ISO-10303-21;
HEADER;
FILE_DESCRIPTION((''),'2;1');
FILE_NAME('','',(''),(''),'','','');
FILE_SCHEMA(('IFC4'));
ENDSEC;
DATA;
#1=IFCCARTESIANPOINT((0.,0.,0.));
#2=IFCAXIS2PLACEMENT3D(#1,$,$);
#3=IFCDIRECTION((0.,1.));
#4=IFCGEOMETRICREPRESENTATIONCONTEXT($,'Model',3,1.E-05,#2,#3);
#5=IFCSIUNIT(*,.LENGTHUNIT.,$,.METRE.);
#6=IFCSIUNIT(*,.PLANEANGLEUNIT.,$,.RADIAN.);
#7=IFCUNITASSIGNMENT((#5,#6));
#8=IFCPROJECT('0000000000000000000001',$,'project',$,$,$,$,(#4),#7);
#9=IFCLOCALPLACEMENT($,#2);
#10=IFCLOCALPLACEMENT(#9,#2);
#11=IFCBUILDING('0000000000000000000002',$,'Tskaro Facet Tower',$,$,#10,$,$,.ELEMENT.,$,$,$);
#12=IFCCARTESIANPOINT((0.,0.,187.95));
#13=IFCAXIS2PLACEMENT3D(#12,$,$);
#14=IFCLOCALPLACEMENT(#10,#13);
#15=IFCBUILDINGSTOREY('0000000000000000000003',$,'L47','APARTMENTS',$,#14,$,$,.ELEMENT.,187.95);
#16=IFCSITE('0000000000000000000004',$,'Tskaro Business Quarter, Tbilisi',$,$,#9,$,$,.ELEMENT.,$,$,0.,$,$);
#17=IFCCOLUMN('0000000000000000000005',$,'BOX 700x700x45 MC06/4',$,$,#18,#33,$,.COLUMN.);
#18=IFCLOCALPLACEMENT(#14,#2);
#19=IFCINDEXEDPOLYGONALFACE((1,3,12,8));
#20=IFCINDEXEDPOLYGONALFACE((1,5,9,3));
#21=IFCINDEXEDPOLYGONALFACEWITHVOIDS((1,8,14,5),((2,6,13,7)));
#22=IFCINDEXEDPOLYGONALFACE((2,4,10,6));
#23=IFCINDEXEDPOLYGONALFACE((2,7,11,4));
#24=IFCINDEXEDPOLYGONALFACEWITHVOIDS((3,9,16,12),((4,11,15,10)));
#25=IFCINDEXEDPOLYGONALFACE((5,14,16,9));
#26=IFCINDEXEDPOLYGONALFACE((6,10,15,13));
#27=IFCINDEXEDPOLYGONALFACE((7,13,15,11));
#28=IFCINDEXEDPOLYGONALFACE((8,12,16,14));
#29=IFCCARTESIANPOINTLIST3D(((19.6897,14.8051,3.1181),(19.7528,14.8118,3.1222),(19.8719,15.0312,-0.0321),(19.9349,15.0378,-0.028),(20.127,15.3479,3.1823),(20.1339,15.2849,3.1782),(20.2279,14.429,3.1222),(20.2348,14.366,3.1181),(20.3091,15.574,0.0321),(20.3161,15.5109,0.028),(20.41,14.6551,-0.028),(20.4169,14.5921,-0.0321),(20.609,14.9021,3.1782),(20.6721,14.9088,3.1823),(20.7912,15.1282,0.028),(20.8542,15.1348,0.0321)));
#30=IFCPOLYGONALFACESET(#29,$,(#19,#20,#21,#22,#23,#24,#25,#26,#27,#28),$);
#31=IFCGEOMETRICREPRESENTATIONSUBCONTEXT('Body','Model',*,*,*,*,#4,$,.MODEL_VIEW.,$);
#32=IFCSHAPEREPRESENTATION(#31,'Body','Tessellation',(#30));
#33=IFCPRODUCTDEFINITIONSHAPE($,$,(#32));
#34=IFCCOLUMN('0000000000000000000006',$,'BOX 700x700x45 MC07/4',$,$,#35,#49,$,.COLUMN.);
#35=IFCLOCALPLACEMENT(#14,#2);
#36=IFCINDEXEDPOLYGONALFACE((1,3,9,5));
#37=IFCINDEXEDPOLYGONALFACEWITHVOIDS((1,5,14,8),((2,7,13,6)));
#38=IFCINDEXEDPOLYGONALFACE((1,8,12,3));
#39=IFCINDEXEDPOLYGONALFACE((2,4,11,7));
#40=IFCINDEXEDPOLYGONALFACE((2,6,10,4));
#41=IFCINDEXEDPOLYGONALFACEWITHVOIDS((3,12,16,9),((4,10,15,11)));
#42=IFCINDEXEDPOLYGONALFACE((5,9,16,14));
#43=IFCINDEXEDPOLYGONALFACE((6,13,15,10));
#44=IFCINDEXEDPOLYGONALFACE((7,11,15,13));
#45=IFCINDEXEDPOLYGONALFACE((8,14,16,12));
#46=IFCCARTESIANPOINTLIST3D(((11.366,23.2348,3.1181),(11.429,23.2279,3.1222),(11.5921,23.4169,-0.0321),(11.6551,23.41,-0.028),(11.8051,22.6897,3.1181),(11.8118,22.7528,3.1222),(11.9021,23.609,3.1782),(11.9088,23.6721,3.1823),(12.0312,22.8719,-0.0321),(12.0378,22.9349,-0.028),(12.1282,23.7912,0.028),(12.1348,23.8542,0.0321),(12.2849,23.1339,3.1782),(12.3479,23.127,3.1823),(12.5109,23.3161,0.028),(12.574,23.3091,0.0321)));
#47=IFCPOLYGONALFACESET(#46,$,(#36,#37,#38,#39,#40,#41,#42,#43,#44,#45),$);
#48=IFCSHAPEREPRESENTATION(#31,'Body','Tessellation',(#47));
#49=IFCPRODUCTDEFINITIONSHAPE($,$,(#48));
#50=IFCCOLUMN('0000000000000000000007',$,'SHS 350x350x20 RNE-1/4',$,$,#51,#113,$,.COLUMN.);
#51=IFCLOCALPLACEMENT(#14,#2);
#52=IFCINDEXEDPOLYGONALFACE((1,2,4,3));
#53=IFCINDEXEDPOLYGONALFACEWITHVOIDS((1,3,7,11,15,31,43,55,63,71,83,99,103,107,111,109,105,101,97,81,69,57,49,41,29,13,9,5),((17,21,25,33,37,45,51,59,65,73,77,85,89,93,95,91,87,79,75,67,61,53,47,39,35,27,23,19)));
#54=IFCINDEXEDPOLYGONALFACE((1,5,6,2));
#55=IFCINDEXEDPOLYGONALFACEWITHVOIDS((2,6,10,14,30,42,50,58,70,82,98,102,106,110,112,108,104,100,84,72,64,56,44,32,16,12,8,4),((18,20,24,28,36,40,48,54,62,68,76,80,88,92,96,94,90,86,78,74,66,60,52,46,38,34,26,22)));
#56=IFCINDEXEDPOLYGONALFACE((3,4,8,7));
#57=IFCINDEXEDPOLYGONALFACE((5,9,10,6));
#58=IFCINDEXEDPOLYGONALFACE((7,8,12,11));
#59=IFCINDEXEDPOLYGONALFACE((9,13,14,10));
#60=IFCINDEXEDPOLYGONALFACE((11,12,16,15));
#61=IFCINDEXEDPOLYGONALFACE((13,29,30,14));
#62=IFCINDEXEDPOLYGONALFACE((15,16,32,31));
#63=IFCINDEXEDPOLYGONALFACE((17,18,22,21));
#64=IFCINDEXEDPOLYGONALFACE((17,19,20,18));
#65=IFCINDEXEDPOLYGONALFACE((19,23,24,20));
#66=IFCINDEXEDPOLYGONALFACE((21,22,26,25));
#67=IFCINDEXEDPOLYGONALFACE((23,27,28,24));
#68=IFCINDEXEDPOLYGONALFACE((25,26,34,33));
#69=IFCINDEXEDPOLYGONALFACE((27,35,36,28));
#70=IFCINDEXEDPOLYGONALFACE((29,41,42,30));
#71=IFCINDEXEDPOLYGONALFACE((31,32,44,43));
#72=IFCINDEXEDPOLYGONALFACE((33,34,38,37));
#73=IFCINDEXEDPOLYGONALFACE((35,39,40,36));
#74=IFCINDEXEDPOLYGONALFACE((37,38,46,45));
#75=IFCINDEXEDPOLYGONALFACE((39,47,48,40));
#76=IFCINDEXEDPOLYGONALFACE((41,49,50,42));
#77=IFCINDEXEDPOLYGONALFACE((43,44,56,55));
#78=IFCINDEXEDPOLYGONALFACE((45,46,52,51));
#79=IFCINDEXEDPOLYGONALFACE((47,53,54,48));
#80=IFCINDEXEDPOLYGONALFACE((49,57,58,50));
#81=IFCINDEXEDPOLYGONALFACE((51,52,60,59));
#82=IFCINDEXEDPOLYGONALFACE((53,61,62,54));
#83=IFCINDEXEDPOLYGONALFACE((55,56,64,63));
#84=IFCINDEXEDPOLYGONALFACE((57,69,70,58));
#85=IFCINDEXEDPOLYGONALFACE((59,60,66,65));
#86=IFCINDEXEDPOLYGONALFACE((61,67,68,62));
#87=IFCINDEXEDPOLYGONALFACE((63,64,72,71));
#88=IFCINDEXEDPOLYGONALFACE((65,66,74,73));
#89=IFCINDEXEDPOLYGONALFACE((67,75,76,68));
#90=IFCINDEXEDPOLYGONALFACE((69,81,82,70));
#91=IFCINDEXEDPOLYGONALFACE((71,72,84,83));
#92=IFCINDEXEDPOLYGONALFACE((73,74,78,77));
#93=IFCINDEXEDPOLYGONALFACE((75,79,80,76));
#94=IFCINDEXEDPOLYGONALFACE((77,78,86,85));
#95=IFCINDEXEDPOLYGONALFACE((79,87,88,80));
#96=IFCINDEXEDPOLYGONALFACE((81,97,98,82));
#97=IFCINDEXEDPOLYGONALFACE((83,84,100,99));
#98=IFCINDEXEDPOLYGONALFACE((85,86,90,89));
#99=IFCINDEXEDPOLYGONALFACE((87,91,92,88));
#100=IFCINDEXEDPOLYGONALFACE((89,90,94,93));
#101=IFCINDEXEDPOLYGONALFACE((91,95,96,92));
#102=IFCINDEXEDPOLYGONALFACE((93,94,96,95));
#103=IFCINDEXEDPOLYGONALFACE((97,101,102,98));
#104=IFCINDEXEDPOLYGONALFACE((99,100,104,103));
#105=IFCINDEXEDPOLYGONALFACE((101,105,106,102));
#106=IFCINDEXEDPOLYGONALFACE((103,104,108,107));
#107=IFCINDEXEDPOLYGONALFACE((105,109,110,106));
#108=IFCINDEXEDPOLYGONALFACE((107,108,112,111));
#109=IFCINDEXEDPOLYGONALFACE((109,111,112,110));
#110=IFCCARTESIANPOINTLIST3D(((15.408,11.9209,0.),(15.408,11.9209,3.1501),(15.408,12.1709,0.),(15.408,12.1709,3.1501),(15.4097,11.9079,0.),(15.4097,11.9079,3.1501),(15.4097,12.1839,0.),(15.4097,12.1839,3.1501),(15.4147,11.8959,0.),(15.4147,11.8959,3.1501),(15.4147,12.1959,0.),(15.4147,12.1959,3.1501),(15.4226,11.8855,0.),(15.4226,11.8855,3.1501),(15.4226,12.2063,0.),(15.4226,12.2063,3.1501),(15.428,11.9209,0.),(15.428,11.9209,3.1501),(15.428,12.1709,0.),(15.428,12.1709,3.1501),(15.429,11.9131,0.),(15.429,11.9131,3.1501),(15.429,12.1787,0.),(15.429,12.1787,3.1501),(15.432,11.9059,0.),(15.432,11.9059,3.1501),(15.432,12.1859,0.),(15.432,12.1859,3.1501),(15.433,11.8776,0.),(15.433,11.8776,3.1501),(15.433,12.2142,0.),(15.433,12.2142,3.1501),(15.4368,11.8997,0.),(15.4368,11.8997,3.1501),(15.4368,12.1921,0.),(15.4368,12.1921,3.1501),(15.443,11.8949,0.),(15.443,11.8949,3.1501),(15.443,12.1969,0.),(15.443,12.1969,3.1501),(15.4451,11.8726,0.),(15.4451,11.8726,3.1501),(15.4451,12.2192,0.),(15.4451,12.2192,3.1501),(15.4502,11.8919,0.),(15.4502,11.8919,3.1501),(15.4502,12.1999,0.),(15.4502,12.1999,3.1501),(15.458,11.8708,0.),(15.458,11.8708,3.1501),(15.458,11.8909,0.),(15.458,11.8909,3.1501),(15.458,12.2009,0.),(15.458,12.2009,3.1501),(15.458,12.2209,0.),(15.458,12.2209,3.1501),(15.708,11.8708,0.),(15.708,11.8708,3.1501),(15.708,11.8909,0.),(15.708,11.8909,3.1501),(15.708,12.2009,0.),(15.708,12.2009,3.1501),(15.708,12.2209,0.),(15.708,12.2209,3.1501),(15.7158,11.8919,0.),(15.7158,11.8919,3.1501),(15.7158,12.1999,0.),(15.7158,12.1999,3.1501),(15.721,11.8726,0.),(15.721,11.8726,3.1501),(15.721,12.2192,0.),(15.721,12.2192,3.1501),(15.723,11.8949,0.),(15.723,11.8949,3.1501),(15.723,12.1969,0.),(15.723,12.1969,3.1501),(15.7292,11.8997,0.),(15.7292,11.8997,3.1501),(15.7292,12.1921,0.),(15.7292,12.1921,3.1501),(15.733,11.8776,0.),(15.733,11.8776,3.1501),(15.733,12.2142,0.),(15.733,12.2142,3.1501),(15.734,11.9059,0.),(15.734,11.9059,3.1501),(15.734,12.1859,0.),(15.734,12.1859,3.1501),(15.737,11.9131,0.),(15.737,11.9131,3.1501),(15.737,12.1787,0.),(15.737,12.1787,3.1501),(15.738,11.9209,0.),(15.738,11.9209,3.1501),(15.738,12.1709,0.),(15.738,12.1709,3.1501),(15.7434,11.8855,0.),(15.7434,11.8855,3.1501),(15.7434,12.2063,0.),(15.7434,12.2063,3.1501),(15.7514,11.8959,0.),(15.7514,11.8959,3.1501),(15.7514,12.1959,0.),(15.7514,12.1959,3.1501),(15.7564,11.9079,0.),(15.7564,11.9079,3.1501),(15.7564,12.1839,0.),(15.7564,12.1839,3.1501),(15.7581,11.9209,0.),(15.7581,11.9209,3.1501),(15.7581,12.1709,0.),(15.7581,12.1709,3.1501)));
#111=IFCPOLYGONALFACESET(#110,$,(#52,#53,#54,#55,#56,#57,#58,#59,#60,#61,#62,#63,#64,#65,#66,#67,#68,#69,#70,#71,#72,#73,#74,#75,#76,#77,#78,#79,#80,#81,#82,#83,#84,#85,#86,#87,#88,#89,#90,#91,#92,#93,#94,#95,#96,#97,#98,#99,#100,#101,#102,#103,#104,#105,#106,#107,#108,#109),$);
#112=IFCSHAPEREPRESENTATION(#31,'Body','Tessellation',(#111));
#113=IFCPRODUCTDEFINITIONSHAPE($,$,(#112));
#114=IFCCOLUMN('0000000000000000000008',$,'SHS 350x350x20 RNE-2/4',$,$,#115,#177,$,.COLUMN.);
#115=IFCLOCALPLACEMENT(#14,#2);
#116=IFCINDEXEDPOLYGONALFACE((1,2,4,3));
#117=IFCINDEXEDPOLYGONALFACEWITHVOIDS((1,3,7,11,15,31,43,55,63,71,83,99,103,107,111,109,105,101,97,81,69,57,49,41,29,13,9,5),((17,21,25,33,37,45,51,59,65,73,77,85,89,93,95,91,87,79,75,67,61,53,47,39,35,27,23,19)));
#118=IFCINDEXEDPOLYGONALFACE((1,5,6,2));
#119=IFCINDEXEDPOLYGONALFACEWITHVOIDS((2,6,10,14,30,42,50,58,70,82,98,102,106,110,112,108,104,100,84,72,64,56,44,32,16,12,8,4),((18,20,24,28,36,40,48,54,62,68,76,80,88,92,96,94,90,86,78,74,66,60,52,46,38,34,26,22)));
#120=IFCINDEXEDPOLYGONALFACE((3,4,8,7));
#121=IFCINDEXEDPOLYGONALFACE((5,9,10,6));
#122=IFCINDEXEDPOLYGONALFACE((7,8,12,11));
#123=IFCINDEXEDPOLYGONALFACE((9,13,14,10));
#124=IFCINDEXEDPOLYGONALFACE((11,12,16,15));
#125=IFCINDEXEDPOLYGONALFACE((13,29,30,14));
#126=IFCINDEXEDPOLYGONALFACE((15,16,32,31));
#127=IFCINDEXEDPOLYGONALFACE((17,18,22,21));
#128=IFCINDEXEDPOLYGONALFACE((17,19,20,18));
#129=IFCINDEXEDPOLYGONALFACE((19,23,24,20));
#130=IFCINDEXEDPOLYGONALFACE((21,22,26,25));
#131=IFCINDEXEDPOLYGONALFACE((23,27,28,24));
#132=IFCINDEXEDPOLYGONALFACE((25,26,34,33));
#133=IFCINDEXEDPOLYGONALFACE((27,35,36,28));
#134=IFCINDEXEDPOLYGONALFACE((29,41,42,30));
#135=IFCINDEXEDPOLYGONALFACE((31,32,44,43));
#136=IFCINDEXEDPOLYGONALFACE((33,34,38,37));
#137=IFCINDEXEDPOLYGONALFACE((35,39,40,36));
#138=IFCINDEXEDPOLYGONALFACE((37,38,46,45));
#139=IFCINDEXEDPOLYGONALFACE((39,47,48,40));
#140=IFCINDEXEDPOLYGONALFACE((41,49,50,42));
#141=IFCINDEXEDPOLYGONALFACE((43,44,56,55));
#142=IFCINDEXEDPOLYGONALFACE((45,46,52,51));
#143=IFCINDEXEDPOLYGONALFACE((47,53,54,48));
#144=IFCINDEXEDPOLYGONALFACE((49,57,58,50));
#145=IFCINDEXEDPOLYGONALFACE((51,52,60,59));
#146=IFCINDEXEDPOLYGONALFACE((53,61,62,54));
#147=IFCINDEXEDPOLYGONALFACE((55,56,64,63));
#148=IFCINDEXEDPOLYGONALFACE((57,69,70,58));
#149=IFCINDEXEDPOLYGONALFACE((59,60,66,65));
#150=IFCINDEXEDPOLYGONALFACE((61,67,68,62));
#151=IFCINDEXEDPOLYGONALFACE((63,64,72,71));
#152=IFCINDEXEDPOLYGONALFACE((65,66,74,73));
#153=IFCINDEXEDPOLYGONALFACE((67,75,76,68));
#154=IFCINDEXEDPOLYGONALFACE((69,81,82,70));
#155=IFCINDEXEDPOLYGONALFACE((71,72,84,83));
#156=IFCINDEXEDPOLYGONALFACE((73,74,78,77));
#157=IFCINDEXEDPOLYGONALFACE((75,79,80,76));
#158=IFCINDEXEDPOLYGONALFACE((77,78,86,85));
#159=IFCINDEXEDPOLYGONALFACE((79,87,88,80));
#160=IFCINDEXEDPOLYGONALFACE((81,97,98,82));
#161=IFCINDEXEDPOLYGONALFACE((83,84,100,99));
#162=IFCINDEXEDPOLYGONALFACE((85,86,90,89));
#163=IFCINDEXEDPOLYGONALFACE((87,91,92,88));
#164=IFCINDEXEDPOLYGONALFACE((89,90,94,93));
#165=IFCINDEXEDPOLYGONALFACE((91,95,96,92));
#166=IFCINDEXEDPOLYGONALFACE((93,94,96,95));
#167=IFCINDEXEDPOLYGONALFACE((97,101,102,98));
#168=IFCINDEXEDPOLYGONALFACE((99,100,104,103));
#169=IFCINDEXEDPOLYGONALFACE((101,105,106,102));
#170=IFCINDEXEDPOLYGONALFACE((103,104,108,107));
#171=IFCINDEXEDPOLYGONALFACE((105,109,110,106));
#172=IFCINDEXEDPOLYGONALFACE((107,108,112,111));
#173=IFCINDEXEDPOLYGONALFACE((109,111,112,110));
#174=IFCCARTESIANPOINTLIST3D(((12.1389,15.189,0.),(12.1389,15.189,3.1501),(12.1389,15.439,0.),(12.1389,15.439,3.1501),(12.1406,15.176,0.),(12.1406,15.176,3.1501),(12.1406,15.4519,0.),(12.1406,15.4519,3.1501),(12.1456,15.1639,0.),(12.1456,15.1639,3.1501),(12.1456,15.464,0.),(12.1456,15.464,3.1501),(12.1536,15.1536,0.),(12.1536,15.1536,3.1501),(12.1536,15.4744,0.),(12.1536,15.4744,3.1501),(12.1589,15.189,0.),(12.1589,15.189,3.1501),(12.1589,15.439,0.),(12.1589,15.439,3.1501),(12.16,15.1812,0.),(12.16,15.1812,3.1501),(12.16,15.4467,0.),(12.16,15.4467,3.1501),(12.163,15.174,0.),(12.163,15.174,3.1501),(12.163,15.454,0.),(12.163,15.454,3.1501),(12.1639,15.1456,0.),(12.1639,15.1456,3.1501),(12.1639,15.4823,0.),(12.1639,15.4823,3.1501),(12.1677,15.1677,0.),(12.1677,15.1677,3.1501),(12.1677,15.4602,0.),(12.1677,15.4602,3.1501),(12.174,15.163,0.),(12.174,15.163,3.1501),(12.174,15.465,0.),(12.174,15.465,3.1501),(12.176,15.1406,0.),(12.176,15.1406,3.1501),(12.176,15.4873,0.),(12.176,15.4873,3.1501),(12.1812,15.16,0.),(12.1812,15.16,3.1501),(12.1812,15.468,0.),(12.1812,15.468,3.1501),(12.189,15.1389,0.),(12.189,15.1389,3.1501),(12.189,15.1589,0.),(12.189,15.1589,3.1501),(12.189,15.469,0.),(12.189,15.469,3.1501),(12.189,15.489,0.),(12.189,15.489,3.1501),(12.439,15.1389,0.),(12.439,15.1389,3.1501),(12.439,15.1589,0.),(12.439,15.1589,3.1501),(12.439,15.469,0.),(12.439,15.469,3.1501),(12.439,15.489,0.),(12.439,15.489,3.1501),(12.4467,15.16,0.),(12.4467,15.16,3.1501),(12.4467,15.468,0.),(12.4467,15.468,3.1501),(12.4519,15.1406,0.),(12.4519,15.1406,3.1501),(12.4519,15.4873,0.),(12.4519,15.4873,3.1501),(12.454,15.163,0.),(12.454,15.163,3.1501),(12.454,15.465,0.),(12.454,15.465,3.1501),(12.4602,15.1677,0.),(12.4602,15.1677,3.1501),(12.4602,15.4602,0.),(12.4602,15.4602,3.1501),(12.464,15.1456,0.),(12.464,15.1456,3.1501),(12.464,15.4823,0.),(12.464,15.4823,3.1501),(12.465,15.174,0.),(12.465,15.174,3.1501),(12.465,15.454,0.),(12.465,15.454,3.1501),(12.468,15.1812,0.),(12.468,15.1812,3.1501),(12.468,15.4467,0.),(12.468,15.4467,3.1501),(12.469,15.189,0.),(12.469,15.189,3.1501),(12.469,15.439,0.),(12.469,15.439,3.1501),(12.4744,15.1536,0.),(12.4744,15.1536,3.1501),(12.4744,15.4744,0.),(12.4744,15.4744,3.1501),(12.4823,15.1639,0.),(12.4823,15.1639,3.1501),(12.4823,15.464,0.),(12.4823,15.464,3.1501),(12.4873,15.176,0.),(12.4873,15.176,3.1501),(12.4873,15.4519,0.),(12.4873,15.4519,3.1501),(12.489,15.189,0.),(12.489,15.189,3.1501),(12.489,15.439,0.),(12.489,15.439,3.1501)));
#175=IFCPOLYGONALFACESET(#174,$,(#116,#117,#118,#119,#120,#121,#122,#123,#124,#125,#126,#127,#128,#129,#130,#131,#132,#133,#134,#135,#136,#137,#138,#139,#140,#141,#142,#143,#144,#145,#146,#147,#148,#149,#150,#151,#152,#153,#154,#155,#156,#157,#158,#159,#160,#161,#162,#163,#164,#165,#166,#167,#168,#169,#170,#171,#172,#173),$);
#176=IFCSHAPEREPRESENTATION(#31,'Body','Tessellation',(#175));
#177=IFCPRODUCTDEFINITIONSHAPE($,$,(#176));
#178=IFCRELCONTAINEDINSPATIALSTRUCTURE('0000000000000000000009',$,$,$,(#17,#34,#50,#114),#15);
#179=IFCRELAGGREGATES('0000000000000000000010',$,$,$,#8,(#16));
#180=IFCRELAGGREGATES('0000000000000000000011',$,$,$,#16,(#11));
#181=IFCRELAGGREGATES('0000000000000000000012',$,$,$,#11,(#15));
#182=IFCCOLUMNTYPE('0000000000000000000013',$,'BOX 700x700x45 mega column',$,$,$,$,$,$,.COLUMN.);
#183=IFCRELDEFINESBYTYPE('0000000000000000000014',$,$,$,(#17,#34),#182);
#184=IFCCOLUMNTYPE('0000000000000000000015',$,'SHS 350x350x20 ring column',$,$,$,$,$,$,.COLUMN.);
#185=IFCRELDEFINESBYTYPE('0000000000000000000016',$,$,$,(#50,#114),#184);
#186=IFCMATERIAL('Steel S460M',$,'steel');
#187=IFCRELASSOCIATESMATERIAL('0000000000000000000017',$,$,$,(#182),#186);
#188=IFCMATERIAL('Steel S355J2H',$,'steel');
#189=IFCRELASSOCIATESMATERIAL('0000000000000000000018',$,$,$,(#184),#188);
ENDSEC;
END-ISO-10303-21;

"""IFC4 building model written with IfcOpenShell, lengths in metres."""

from ifc_helpers import new_model, si_unit, direction, frame, origin, origin_2d, place, context, subcontext, project, spatial, hollow_rectangle, extrude, material, material_profile, profile_set, type_object, element, save


model = new_model("IFC4")

# Units and contexts
model_context = context("Model", 3, precision=1e-05, world=origin(), true_north=direction((0.0, 1.0)))
body_context = subcontext(model_context, "Body", "Model", "MODEL_VIEW")
ifc_project = project(units=[si_unit("LENGTHUNIT", "METRE"), si_unit("PLANEANGLEUNIT", "RADIAN")], contexts=[model_context])

# Site, building, storey
site_placement = place(None, origin())
site = spatial("IfcSite", under=ifc_project, at=site_placement, Name="Tskaro Business Quarter, Tbilisi", CompositionType="ELEMENT", RefElevation=0.0)
building_placement = place(site_placement, origin())
building = spatial("IfcBuilding", under=site, at=building_placement, Name="Tskaro Facet Tower", CompositionType="ELEMENT")
storey_placement = place(building_placement, frame((0.0, 0.0, 187.95)))
storey = spatial("IfcBuildingStorey", under=building, at=storey_placement, Name="L47", Description="APARTMENTS", CompositionType="ELEMENT", Elevation=187.95)

# Columns
ifc_material_1 = material(Name="Steel S460M", Category="steel")
ifc_material_profile_1 = material_profile(ifc_material_1, hollow_rectangle(XDim=0.7, YDim=0.7, WallThickness=0.0449, at=origin_2d()), Name="BOX 700x700x45")
ifc_profile_set_1 = profile_set([ifc_material_profile_1], Name="Steel S460M")
column_type_1 = type_object("IfcColumnType", Name="BOX 700x700x45 mega column", PredefinedType="COLUMN", material=ifc_profile_set_1)
for number, where, z_axis, x_axis, name in (
    (1, (20.363, 15.083, 0.0), (-0.057572, -0.071463, 0.99578), (0.778731, -0.627358, 0.0), "BOX 700x700x45 MC06/4"),
    (2, (12.083, 23.363, 0.0), (-0.071463, -0.057572, 0.99578), (0.627358, -0.778731, 0.0), "BOX 700x700x45 MC07/4"),
):
    element("IfcColumn", number, at=place(storey_placement, frame(where, z_axis=z_axis, x_axis=x_axis)), inside=storey, type_object=column_type_1, Name=name, PredefinedType="COLUMN", context=body_context, shape_type="SweptSolid", body=[
        extrude(hollow_rectangle(XDim=0.7, YDim=0.7, WallThickness=0.0449, at=origin_2d()), origin(), (0.0, 0.0, 1.0), 3.1636),
    ])
ifc_material_2 = material(Name="Steel S355J2H", Category="steel")
ifc_material_profile_2 = material_profile(ifc_material_2, hollow_rectangle(XDim=0.3501, YDim=0.3501, WallThickness=0.02, InnerFilletRadius=0.03, OuterFilletRadius=0.05, at=origin_2d()), Name="SHS 350x350x20")
ifc_profile_set_2 = profile_set([ifc_material_profile_2], Name="Steel S355J2H")
column_type_2 = type_object("IfcColumnType", Name="SHS 350x350x20 ring column", PredefinedType="COLUMN", material=ifc_profile_set_2)
for number, where, z_axis, x_axis, name in (
    (3, (15.583, 12.0459, 0.0), (0.0, 0.0, 1.0), (1.0, 0.0, 0.0), "SHS 350x350x20 RNE-1/4"),
    (4, (12.314, 15.314, 0.0), (0.0, 0.0, 1.0), (1.0, 0.0, 0.0), "SHS 350x350x20 RNE-2/4"),
):
    element("IfcColumn", number, at=place(storey_placement, frame(where, z_axis=z_axis, x_axis=x_axis)), inside=storey, type_object=column_type_2, Name=name, PredefinedType="COLUMN", context=body_context, shape_type="SweptSolid", body=[
        extrude(hollow_rectangle(XDim=0.3501, YDim=0.3501, WallThickness=0.02, InnerFilletRadius=0.03, OuterFilletRadius=0.05, at=origin_2d()), origin(), (0.0, 0.0, 1.0), 3.1501),
    ])

save(model, "model.ifc")
